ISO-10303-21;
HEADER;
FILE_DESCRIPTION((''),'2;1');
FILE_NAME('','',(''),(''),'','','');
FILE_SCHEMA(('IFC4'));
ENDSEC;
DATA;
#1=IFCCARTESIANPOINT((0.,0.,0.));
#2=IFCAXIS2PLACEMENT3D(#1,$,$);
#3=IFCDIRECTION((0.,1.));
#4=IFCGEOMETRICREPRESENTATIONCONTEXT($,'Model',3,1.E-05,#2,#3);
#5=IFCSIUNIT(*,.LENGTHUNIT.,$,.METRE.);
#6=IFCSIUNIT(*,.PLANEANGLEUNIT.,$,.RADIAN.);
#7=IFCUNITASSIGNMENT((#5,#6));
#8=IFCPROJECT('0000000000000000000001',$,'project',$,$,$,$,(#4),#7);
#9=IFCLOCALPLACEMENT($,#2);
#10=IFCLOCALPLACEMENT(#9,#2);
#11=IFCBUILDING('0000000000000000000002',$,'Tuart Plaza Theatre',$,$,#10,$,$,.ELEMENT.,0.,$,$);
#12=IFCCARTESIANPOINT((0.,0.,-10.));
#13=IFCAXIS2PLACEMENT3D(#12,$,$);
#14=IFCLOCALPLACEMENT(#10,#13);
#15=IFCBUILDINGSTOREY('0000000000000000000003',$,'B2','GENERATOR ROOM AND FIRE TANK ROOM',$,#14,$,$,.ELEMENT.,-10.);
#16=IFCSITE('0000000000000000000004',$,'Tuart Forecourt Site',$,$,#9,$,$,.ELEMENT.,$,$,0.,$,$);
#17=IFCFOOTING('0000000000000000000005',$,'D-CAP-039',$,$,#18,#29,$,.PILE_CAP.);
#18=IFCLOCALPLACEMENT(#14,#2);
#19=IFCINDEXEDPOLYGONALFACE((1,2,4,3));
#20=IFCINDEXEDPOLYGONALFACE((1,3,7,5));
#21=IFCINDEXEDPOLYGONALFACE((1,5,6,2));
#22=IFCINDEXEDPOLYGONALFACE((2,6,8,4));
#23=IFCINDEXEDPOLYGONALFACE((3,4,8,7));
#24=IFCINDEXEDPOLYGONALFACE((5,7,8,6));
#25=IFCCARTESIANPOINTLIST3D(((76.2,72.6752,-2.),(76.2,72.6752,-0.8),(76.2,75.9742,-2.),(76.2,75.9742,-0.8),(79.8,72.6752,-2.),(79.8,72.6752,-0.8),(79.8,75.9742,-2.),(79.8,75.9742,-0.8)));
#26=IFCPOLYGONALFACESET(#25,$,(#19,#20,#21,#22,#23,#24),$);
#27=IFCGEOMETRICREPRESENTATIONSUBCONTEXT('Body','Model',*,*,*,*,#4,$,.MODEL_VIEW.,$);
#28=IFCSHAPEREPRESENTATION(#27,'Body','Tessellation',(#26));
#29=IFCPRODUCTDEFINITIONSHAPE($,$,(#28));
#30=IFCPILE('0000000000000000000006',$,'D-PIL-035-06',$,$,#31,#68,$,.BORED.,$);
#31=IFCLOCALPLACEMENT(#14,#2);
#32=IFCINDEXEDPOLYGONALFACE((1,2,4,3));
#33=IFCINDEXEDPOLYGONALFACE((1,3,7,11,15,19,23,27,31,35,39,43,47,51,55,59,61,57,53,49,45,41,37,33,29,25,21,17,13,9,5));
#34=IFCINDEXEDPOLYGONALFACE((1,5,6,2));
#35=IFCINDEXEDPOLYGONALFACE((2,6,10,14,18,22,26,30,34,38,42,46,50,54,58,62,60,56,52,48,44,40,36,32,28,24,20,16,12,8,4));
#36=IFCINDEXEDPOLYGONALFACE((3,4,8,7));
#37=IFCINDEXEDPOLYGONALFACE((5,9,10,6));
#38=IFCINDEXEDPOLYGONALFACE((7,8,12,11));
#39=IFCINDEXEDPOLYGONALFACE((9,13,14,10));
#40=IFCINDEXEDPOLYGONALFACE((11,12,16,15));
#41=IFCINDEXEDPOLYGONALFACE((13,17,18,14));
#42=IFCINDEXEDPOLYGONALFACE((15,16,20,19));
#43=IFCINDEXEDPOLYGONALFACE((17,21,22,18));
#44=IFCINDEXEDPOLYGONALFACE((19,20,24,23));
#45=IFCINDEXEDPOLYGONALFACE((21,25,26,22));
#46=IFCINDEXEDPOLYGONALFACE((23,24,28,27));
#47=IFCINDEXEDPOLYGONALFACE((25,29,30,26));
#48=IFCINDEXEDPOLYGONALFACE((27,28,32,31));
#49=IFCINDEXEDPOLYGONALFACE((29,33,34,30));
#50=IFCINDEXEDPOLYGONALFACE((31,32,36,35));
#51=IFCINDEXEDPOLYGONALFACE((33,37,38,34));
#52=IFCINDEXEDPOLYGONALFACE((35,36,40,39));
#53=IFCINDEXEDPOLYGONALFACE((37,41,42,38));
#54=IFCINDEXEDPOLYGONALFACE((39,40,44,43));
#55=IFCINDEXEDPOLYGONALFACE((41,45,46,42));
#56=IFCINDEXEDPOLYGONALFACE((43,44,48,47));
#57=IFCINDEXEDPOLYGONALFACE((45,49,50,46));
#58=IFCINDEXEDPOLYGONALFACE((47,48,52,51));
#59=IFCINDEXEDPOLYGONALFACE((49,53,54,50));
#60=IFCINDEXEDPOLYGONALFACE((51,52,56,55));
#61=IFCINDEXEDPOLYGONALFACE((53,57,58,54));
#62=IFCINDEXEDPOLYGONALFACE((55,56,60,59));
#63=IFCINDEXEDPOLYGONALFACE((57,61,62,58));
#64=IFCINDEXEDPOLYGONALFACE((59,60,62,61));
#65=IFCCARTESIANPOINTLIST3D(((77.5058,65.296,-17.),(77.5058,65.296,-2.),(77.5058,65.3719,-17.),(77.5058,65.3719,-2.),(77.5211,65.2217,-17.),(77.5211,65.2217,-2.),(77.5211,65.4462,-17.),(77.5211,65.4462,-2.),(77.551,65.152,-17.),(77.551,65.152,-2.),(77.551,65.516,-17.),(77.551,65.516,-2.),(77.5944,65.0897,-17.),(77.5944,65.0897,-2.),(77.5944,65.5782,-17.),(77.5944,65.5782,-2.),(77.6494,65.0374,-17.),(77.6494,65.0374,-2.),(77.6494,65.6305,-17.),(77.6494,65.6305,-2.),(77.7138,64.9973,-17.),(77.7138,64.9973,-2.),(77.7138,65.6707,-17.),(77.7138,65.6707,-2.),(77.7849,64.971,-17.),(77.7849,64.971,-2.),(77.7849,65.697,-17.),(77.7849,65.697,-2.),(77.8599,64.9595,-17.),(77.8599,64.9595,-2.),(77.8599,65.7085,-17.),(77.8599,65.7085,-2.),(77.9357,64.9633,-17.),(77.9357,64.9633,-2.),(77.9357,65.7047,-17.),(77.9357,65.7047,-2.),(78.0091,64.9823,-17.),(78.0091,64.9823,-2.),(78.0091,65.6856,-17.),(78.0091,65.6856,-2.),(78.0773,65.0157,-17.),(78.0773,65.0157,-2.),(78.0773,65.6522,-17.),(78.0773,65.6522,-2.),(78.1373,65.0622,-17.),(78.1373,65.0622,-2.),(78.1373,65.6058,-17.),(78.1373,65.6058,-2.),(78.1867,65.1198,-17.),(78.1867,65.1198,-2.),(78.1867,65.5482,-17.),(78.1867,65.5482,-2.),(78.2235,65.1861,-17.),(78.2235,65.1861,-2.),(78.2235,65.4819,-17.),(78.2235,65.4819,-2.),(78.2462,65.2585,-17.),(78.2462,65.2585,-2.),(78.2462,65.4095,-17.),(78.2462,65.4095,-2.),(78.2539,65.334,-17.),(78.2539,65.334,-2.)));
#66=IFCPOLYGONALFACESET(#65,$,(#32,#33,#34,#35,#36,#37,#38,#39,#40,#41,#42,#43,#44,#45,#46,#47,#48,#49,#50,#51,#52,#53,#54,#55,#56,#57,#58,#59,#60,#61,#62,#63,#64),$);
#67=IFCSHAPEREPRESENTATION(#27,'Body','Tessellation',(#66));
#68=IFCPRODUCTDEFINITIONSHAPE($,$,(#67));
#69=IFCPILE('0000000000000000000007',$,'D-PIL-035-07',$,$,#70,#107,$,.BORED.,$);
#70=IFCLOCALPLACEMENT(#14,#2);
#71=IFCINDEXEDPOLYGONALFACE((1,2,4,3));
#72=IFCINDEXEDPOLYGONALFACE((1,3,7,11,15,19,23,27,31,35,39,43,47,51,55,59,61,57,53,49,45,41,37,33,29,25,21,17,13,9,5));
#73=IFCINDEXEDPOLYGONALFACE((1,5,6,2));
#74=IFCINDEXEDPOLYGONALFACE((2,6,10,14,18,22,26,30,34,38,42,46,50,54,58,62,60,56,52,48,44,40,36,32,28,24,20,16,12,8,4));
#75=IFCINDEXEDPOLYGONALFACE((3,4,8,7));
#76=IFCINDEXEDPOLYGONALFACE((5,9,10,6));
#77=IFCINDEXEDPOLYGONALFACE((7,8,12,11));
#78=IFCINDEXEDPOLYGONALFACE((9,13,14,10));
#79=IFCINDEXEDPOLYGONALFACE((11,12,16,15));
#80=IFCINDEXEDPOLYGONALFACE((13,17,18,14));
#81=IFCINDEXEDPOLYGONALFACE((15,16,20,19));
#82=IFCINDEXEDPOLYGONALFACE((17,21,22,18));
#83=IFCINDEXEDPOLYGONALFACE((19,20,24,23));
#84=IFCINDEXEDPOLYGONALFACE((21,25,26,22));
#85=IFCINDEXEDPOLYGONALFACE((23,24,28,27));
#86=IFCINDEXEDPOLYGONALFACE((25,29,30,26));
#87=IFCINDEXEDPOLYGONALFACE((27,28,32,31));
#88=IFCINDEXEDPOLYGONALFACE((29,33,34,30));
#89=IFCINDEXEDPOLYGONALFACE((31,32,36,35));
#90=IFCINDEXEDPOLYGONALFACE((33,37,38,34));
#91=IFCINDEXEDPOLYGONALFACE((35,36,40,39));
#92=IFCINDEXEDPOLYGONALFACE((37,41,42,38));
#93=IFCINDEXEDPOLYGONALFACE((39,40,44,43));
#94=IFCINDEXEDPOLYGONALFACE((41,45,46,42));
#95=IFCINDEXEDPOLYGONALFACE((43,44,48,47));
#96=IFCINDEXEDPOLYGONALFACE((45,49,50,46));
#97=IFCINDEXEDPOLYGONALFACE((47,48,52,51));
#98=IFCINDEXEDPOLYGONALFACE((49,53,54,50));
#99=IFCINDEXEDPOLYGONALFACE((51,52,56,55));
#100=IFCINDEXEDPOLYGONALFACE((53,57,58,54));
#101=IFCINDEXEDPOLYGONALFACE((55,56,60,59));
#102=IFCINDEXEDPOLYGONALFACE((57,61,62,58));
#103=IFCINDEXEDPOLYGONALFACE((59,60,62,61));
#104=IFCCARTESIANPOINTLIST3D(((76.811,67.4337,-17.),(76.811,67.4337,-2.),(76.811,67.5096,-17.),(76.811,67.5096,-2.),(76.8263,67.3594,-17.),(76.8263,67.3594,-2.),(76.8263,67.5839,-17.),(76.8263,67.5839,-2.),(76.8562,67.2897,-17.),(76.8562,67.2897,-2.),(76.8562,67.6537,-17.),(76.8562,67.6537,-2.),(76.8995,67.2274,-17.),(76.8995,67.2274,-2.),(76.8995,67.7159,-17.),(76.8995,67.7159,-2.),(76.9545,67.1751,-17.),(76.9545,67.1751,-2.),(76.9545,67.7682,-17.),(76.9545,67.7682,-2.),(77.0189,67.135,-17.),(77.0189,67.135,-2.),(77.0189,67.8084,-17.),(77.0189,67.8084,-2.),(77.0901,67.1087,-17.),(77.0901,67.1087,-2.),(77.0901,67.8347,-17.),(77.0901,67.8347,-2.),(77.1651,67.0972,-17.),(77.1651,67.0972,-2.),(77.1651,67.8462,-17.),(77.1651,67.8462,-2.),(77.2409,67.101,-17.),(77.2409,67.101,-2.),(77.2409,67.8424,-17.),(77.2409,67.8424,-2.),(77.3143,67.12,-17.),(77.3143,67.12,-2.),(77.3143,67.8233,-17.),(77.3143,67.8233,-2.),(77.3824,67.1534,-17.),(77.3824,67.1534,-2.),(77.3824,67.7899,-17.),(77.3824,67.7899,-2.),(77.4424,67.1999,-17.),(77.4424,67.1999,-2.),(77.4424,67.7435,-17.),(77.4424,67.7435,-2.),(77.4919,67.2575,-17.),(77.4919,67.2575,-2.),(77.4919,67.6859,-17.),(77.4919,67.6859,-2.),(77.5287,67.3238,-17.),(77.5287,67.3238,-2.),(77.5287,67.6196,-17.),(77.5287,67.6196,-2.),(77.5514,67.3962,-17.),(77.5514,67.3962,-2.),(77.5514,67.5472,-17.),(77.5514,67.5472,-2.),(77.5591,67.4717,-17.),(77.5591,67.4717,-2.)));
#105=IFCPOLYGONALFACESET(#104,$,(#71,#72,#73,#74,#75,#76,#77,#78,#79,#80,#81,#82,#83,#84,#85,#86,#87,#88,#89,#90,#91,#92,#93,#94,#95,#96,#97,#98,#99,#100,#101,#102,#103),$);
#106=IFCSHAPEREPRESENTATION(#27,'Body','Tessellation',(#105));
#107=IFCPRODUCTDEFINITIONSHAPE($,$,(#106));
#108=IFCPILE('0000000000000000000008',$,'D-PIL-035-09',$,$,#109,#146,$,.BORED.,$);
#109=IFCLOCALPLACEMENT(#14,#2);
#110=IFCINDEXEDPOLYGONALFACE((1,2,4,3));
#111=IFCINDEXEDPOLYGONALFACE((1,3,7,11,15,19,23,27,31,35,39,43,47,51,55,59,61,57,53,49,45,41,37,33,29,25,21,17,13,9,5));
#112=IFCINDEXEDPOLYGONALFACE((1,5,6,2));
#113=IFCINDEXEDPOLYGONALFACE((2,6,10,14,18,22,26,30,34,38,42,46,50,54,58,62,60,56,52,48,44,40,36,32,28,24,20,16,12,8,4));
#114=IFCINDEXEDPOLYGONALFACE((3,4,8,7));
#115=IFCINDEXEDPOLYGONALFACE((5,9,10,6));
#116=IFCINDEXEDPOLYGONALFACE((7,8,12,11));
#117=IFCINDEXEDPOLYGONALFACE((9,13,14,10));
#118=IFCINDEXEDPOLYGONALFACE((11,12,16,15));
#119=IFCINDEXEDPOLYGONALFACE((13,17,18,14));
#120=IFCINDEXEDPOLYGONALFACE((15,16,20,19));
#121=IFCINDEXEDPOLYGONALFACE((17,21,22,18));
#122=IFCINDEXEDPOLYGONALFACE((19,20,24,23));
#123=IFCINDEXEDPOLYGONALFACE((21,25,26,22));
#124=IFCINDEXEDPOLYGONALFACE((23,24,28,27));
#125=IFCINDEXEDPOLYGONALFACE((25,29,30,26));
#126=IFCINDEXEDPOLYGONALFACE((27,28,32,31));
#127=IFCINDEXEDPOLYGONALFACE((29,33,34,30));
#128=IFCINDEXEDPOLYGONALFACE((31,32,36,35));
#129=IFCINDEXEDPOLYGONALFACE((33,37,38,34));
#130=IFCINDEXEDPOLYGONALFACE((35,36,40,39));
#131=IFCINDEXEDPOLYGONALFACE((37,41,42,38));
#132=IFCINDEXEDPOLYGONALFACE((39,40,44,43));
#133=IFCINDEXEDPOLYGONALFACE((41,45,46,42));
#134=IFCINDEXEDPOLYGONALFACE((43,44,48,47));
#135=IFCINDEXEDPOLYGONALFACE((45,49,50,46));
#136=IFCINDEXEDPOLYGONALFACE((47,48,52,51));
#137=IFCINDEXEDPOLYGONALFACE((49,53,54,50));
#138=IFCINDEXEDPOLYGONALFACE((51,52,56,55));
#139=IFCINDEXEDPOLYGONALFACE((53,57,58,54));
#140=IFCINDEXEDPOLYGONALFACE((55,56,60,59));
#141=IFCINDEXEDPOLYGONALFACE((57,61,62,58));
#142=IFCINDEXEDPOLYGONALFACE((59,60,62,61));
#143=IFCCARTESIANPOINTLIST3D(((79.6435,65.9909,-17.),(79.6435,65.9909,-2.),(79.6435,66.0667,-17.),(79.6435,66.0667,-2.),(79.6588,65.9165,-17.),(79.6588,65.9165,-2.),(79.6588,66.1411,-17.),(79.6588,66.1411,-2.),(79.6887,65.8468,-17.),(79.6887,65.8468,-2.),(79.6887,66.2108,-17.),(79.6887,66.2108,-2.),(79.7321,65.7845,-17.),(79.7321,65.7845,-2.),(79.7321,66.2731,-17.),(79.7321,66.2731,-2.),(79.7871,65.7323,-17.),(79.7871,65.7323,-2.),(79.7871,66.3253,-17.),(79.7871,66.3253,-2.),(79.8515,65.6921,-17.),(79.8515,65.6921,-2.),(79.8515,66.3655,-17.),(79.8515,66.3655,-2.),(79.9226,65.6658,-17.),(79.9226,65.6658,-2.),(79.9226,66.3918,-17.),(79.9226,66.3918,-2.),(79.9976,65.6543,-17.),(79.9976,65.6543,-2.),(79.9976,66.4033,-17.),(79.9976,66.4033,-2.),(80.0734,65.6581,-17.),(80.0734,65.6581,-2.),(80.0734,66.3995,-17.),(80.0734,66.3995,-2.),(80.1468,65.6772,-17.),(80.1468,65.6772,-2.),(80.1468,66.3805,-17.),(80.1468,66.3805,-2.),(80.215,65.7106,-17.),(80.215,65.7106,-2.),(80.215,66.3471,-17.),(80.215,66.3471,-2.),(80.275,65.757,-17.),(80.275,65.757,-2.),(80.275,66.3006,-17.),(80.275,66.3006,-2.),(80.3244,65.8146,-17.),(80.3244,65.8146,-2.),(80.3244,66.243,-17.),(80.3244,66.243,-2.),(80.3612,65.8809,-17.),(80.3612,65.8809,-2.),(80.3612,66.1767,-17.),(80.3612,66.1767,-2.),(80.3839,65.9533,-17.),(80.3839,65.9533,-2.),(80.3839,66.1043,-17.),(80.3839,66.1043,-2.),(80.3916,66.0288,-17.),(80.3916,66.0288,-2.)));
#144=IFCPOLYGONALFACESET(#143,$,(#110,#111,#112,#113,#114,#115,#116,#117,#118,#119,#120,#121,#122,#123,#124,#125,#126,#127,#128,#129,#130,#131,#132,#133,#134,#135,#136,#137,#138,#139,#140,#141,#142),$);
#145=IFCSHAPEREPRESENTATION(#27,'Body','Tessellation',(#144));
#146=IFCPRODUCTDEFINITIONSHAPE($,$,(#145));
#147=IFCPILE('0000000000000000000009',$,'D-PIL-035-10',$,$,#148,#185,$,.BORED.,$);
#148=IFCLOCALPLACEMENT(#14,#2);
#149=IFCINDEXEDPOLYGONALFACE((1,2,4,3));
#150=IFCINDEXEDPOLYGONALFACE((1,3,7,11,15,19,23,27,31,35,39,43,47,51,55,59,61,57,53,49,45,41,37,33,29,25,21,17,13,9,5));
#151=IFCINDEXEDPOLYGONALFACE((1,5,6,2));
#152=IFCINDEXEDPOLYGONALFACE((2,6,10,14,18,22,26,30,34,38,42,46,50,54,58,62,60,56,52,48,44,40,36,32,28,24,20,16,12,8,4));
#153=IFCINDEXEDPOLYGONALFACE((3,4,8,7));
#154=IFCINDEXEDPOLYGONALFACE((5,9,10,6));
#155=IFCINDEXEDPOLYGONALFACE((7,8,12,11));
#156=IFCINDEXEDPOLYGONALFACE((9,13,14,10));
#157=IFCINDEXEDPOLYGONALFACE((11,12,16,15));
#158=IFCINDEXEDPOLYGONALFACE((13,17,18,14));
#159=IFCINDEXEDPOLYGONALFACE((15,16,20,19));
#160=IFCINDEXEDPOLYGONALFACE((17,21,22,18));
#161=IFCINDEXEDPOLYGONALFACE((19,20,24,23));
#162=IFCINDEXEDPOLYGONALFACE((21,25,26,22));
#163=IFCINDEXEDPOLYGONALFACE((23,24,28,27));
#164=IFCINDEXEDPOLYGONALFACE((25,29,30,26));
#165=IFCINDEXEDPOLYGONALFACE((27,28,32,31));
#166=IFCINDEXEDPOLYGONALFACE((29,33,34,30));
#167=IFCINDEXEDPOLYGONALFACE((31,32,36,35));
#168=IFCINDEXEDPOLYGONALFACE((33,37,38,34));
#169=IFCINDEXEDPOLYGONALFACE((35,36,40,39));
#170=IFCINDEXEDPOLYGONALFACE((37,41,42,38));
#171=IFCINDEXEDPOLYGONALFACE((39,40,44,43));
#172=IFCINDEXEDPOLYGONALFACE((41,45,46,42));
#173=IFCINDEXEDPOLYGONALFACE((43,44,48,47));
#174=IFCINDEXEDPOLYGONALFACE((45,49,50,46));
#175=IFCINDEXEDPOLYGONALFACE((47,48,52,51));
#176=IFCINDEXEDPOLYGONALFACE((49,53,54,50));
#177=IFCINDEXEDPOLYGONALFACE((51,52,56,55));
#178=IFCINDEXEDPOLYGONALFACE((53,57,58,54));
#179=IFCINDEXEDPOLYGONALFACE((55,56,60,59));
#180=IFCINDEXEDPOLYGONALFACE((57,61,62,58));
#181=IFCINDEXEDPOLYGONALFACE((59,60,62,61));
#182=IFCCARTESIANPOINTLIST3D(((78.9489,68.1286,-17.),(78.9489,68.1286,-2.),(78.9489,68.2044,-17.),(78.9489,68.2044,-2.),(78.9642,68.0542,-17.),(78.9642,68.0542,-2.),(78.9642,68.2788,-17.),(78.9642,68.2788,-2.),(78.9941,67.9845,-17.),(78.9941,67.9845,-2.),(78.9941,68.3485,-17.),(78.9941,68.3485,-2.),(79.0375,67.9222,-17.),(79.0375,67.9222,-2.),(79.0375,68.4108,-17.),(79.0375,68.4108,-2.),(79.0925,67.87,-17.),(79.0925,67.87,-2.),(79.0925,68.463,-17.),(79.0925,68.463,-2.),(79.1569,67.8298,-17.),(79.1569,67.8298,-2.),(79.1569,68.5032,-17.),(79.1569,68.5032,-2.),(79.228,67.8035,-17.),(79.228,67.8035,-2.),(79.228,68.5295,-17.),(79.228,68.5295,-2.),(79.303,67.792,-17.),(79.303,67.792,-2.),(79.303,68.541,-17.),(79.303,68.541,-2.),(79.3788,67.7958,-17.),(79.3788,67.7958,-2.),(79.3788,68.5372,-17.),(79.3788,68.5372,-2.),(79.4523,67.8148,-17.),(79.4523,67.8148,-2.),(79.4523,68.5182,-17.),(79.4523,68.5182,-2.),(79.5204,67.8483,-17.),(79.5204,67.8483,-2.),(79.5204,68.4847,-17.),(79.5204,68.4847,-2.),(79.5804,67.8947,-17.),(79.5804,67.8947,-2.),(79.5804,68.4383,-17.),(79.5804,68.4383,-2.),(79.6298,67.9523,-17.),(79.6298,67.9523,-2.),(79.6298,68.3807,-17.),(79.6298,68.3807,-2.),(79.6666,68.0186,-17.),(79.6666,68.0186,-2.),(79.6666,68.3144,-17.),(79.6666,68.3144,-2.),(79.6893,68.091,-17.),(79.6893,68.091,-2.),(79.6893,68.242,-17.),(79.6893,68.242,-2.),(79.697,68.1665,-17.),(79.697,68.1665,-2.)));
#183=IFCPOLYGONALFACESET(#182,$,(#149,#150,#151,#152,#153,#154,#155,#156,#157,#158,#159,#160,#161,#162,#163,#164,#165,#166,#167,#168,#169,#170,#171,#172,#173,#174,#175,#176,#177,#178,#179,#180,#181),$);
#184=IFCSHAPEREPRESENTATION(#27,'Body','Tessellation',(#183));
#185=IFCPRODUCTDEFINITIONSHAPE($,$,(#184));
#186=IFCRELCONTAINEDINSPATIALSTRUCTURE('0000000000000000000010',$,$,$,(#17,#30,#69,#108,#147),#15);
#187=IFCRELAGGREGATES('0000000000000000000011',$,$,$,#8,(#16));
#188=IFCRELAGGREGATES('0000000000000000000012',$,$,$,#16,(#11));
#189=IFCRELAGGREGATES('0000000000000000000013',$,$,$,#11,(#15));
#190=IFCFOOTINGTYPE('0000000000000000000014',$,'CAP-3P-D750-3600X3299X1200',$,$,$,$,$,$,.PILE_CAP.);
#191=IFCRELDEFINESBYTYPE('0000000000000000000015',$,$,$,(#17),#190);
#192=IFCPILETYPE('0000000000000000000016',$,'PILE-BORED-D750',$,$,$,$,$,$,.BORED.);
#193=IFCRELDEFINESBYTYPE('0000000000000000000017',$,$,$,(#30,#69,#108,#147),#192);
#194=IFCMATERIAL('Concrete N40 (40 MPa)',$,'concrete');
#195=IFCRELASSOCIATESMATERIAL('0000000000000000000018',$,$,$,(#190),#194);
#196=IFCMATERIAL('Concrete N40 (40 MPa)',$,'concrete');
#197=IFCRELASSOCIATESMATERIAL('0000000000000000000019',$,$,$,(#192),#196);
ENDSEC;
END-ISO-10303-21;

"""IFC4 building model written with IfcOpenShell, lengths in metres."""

from ifc_helpers import new_model, si_unit, direction, frame, origin, origin_2d, place, context, subcontext, project, spatial, rectangle, circle, extrude, material, material_profile, profile_set, type_object, element, save


model = new_model("IFC4")

# Units and contexts
model_context = context("Model", 3, precision=1e-05, world=origin(), true_north=direction((0.0, 1.0)))
body_context = subcontext(model_context, "Body", "Model", "MODEL_VIEW")
ifc_project = project(units=[si_unit("LENGTHUNIT", "METRE"), si_unit("PLANEANGLEUNIT", "RADIAN")], contexts=[model_context])

# Site, building, storey
site_placement = place(None, origin())
site = spatial("IfcSite", under=ifc_project, at=site_placement, Name="Tuart Forecourt Site", CompositionType="ELEMENT", RefElevation=0.0)
building_placement = place(site_placement, origin())
building = spatial("IfcBuilding", under=site, at=building_placement, Name="Tuart Plaza Theatre", CompositionType="ELEMENT", ElevationOfRefHeight=0.0)
storey_placement = place(building_placement, frame((0.0, 0.0, -10.0)))
storey = spatial("IfcBuildingStorey", under=building, at=storey_placement, Name="B2", Description="GENERATOR ROOM AND FIRE TANK ROOM", CompositionType="ELEMENT", Elevation=-10.0)

# Footing
ifc_material_1 = material(Name="Concrete N40 (40 MPa)", Category="concrete")
footing_type = type_object("IfcFootingType", Name="CAP-3P-D750-3600X3299X1200", PredefinedType="PILE_CAP", material=ifc_material_1)
footing_placement = place(storey_placement, frame((78.0, 74.3247, -2.0), z_axis=(0.0, 0.0, 1.0), x_axis=(1.0, 0.0, 0.0)))
element("IfcFooting", 1, at=footing_placement, inside=storey, type_object=footing_type, Name="D-CAP-039", PredefinedType="PILE_CAP", context=body_context, shape_type="SweptSolid", body=[
    extrude(rectangle(XDim=3.6001, YDim=3.2991, at=origin_2d()), origin(), (0.0, 0.0, 1.0), 1.2),
])

# Piles
ifc_material_2 = material(Name="Concrete N40 (40 MPa)", Category="concrete")
ifc_material_profile_1 = material_profile(ifc_material_2, circle(Radius=0.375, at=origin_2d()), Name="PILE-BORED-D750")
ifc_profile_set_1 = profile_set([ifc_material_profile_1], Name="Concrete N40 (40 MPa)")
pile_type_1 = type_object("IfcPileType", Name="PILE-BORED-D750", PredefinedType="BORED", material=ifc_profile_set_1)
for number, where, z_axis, x_axis, name in (
    (2, (77.8789, 65.334, -2.0), (0.0, 0.0, -1.0), (1.0, 0.0, 0.0), "D-PIL-035-06"),
    (3, (77.1841, 67.4717, -2.0), (0.0, 0.0, -1.0), (1.0, 0.0, 0.0), "D-PIL-035-07"),
    (4, (80.0166, 66.0288, -2.0), (0.0, 0.0, -1.0), (1.0, 0.0, 0.0), "D-PIL-035-09"),
    (5, (79.322, 68.1665, -2.0), (0.0, 0.0, -1.0), (1.0, 0.0, 0.0), "D-PIL-035-10"),
):
    element("IfcPile", number, at=place(storey_placement, frame(where, z_axis=z_axis, x_axis=x_axis)), inside=storey, type_object=pile_type_1, Name=name, PredefinedType="BORED", context=body_context, shape_type="SweptSolid", body=[
        extrude(circle(Radius=0.375, at=origin_2d()), origin(), (0.0, 0.0, 1.0), 15.0),
    ])

save(model, "model.ifc")
